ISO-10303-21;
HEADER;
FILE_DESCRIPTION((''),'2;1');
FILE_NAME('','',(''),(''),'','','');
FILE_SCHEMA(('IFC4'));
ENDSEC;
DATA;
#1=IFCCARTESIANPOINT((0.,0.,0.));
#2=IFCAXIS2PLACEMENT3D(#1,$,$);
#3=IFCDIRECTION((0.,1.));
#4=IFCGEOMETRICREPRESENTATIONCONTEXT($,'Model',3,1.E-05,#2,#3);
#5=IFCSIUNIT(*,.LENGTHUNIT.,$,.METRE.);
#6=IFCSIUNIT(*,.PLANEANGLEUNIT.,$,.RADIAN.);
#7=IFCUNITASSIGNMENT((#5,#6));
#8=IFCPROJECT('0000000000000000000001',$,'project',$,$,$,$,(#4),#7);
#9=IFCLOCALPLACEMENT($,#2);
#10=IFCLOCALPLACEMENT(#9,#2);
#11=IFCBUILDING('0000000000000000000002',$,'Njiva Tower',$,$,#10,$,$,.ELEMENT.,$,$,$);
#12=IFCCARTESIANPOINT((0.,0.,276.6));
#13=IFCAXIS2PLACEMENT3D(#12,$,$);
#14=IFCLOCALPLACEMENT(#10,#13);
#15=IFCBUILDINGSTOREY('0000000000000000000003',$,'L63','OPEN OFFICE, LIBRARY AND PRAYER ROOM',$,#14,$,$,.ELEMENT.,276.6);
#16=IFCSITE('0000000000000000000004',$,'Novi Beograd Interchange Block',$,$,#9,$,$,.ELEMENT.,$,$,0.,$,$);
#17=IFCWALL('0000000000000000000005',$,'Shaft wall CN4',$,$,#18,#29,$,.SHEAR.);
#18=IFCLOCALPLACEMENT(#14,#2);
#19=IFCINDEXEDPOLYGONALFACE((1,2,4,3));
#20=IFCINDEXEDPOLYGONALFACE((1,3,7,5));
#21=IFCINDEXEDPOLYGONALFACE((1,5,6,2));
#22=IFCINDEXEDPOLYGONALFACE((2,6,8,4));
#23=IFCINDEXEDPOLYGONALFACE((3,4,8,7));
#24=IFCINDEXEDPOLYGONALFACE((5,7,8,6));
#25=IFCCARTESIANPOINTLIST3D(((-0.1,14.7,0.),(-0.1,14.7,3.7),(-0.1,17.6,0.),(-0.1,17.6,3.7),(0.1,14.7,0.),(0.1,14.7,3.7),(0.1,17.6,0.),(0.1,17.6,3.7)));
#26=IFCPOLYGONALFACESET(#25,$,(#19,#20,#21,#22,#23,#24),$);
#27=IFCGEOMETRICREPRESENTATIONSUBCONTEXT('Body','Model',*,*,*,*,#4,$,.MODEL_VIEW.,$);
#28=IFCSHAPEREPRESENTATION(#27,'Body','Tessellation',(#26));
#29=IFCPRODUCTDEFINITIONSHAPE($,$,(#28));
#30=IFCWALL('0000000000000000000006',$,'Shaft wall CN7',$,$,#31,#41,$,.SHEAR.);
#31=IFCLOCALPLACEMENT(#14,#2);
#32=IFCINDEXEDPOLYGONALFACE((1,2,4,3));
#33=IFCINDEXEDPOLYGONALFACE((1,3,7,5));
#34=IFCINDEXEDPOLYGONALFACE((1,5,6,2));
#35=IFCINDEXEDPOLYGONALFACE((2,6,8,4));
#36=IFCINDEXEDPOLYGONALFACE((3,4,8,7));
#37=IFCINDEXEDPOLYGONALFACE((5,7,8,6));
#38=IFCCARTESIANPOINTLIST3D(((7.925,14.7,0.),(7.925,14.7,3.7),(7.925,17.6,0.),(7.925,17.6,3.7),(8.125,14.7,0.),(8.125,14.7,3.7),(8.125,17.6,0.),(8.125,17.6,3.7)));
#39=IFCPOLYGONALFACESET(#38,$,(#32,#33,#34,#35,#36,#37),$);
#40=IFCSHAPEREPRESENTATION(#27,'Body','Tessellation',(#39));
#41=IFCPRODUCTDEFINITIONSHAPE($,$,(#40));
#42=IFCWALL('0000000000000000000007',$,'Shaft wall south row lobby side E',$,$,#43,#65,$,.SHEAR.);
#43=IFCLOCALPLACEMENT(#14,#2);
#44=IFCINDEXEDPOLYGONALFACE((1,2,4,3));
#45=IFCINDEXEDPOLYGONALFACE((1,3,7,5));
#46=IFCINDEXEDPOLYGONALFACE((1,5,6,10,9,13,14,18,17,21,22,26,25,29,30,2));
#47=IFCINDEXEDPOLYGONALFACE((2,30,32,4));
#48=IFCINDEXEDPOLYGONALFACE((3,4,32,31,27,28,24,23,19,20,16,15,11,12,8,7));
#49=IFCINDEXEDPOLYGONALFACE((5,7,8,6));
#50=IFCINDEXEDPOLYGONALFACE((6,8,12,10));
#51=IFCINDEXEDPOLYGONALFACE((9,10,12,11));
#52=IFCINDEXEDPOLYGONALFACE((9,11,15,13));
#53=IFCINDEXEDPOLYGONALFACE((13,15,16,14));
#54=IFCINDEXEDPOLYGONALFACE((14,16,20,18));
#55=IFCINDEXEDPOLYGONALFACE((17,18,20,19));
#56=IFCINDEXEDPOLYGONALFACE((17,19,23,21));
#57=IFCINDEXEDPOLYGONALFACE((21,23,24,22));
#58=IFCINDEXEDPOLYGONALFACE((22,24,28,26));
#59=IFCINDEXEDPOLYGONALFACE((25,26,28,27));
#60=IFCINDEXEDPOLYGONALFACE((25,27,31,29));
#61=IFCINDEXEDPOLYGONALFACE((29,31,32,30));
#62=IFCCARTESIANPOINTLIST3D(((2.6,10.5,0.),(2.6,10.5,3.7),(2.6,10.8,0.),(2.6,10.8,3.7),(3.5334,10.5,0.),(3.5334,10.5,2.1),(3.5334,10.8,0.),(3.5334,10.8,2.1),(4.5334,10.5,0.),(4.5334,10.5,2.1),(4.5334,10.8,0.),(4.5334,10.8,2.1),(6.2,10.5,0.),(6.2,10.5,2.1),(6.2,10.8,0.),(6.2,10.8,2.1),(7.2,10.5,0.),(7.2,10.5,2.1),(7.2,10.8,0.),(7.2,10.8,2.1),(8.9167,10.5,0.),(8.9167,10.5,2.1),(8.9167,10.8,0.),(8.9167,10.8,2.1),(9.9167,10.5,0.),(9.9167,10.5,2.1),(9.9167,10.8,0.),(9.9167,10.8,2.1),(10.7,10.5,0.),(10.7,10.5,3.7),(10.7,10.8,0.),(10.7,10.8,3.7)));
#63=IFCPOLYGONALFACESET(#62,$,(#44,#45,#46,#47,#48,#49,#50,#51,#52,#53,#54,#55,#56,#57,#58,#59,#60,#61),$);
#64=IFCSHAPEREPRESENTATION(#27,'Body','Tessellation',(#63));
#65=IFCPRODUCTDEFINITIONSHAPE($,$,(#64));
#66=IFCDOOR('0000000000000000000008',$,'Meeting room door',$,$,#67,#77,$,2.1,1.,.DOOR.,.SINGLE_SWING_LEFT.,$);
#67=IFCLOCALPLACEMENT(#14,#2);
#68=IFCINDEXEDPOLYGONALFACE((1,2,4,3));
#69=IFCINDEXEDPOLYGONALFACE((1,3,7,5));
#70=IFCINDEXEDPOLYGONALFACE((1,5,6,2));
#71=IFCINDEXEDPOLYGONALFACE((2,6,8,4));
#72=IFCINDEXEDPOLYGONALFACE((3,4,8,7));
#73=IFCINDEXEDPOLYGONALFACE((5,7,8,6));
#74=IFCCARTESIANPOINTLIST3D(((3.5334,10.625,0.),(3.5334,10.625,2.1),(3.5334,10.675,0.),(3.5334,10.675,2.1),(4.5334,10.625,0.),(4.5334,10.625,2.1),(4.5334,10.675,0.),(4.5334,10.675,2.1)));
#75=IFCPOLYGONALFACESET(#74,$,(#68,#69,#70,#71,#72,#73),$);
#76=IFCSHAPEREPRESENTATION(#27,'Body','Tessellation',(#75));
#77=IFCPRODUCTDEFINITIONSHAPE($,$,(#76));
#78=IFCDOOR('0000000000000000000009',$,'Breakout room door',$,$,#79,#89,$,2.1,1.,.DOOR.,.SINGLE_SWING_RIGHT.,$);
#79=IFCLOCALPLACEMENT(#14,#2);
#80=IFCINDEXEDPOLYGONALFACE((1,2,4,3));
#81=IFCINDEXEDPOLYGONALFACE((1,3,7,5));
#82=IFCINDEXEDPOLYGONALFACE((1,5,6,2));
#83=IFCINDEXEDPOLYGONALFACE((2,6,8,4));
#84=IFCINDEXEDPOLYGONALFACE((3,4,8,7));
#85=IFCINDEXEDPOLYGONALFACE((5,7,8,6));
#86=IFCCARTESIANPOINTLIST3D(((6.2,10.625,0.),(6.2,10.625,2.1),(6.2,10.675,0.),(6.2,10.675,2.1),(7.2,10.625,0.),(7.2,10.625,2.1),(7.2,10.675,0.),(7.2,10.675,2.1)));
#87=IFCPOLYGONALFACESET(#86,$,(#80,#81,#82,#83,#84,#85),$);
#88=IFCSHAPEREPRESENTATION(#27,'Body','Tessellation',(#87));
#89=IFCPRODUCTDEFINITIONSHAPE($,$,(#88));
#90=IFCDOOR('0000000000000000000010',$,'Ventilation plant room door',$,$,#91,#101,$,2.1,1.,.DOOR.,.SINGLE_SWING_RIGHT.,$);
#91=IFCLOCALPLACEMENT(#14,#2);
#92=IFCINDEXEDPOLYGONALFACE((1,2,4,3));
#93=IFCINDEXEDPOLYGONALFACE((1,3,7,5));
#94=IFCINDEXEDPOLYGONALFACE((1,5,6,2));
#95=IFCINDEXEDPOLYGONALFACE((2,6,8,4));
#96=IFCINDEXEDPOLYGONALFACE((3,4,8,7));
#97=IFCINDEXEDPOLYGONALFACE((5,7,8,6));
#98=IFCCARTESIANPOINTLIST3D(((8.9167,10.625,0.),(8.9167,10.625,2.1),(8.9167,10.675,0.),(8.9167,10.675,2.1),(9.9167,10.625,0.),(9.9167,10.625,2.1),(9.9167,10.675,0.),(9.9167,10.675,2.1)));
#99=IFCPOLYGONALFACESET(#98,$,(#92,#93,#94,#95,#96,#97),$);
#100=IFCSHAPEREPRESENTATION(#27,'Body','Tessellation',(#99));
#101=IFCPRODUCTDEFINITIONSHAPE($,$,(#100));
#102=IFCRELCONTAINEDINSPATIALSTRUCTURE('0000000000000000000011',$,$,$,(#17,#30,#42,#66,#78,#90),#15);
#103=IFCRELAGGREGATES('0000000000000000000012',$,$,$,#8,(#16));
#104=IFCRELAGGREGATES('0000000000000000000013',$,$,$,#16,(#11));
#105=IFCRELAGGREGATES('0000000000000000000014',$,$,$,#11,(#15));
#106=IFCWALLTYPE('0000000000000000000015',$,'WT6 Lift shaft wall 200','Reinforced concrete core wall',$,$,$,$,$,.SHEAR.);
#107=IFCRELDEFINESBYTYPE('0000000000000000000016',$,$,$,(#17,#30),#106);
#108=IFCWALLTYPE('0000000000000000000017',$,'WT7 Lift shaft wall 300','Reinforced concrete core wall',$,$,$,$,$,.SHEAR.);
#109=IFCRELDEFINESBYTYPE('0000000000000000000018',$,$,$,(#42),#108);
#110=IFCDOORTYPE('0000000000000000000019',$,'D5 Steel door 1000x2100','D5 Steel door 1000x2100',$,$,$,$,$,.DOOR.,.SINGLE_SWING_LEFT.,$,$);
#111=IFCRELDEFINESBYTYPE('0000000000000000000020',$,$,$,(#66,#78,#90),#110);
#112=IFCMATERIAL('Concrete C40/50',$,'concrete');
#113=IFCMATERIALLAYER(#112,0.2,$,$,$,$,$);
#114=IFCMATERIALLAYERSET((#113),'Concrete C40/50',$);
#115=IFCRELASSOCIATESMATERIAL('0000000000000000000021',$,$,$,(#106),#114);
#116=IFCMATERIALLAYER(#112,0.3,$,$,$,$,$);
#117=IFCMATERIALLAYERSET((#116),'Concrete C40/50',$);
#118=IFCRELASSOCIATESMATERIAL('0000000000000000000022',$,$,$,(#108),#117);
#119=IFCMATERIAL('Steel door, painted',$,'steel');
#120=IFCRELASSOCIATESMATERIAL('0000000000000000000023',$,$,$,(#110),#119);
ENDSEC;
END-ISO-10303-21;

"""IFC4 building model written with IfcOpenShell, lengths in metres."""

from ifc_helpers import new_model, si_unit, direction, frame, frame_2d, origin, place, context, subcontext, project, spatial, rectangle, extrude, material, layer, layer_set, type_object, element, fill, save


model = new_model("IFC4")

# Units and contexts
model_context = context("Model", 3, precision=1e-05, world=origin(), true_north=direction((0.0, 1.0)))
body_context = subcontext(model_context, "Body", "Model", "MODEL_VIEW")
ifc_project = project(units=[si_unit("LENGTHUNIT", "METRE"), si_unit("PLANEANGLEUNIT", "RADIAN")], contexts=[model_context])

# Site, building, storey
site_placement = place(None, origin())
site = spatial("IfcSite", under=ifc_project, at=site_placement, Name="Novi Beograd Interchange Block", CompositionType="ELEMENT", RefElevation=0.0)
building_placement = place(site_placement, origin())
building = spatial("IfcBuilding", under=site, at=building_placement, Name="Njiva Tower", CompositionType="ELEMENT")
storey_placement = place(building_placement, frame((0.0, 0.0, 276.6)))
storey = spatial("IfcBuildingStorey", under=building, at=storey_placement, Name="L63", Description="OPEN OFFICE, LIBRARY AND PRAYER ROOM", CompositionType="ELEMENT", Elevation=276.6)

# Shared definitions
ifc_material_1 = material(Name="Concrete C40/50", Category="concrete")

# Walls
ifc_layer_1 = layer(ifc_material_1, 0.2)
ifc_layer_set_1 = layer_set([ifc_layer_1], Name="Concrete C40/50")
wall_type_1 = type_object("IfcWallType", Name="WT6 Lift shaft wall 200", Description="Reinforced concrete core wall", PredefinedType="SHEAR", material=ifc_layer_set_1)
for number, where, z_axis, x_axis, name in (
    (1, (0.0, 14.7, 0.0), (0.0, 0.0, 1.0), (0.0, 1.0, 0.0), "Shaft wall CN4"),
    (2, (8.025, 14.7, 0.0), (0.0, 0.0, 1.0), (0.0, 1.0, 0.0), "Shaft wall CN7"),
):
    element("IfcWall", number, at=place(storey_placement, frame(where, z_axis=z_axis, x_axis=x_axis)), inside=storey, type_object=wall_type_1, Name=name, PredefinedType="SHEAR", context=body_context, shape_type="SweptSolid", body=[
        extrude(rectangle(XDim=2.9, YDim=0.2, at=frame_2d((1.45, 0.0))), origin(), (0.0, 0.0, 1.0), 3.7),
    ])

# Wall, openings, doors
ifc_layer_2 = layer(ifc_material_1, 0.3)
ifc_layer_set_2 = layer_set([ifc_layer_2], Name="Concrete C40/50")
wall_type_2 = type_object("IfcWallType", Name="WT7 Lift shaft wall 300", Description="Reinforced concrete core wall", PredefinedType="SHEAR", material=ifc_layer_set_2)
wall_1_placement = place(storey_placement, frame((2.6, 10.65, 0.0), z_axis=(0.0, 0.0, 1.0), x_axis=(1.0, 0.0, 0.0)))
wall_1 = element("IfcWall", 3, at=wall_1_placement, inside=storey, type_object=wall_type_2, Name="Shaft wall south row lobby side E", PredefinedType="SHEAR", context=body_context, shape_type="SweptSolid", body=[
    extrude(rectangle(XDim=8.1, YDim=0.3, at=frame_2d((4.05, 0.0))), origin(), (0.0, 0.0, 1.0), 3.7),
])
opening_1_placement = place(wall_1_placement, frame((0.9334, 0.0, 0.0)))
opening_1 = element("IfcOpeningElement", 4, at=opening_1_placement, cuts=wall_1, PredefinedType="OPENING", context=body_context, shape_type="SweptSolid", body=[
    extrude(rectangle(XDim=1.0, YDim=2.1, at=frame_2d((0.5, 1.05))), frame((0.0, 0.16, 0.0), z_axis=(0.0, -1.0, 0.0), x_axis=(1.0, 0.0, 0.0)), (0.0, 0.0, 1.0), 0.32),
])
opening_2_placement = place(wall_1_placement, frame((3.6, 0.0, 0.0)))
opening_2 = element("IfcOpeningElement", 5, at=opening_2_placement, cuts=wall_1, PredefinedType="OPENING", context=body_context, shape_type="SweptSolid", body=[
    extrude(rectangle(XDim=1.0, YDim=2.1, at=frame_2d((0.5, 1.05))), frame((0.0, 0.16, 0.0), z_axis=(0.0, -1.0, 0.0), x_axis=(1.0, 0.0, 0.0)), (0.0, 0.0, 1.0), 0.32),
])
opening_3_placement = place(wall_1_placement, frame((6.3167, 0.0, 0.0)))
opening_3 = element("IfcOpeningElement", 6, at=opening_3_placement, cuts=wall_1, PredefinedType="OPENING", context=body_context, shape_type="SweptSolid", body=[
    extrude(rectangle(XDim=1.0, YDim=2.1, at=frame_2d((0.5, 1.05))), frame((0.0, 0.16, 0.0), z_axis=(0.0, -1.0, 0.0), x_axis=(1.0, 0.0, 0.0)), (0.0, 0.0, 1.0), 0.32),
])
ifc_material_2 = material(Name="Steel door, painted", Category="steel")
door_type_1 = type_object("IfcDoorType", Name="D5 Steel door 1000x2100", Description="D5 Steel door 1000x2100", OperationType="SINGLE_SWING_LEFT", PredefinedType="DOOR", material=ifc_material_2)
door_1_placement = place(opening_1_placement, origin())
door_1 = element("IfcDoor", 7, at=door_1_placement, inside=storey, type_object=door_type_1, Name="Meeting room door", OperationType="SINGLE_SWING_LEFT", OverallHeight=2.1, OverallWidth=1.0, PredefinedType="DOOR", context=body_context, shape_type="SweptSolid", body=[
    extrude(rectangle(XDim=1.0, YDim=2.1, at=frame_2d((0.5, 1.05))), frame((0.0, 0.025, 0.0), z_axis=(0.0, -1.0, 0.0), x_axis=(1.0, 0.0, 0.0)), (0.0, 0.0, 1.0), 0.05),
])
fill(opening_1, door_1)
door_2_placement = place(opening_2_placement, origin())
door_2 = element("IfcDoor", 8, at=door_2_placement, inside=storey, type_object=door_type_1, Name="Breakout room door", OperationType="SINGLE_SWING_RIGHT", OverallHeight=2.1, OverallWidth=1.0, PredefinedType="DOOR", context=body_context, shape_type="SweptSolid", body=[
    extrude(rectangle(XDim=1.0, YDim=2.1, at=frame_2d((0.5, 1.05))), frame((0.0, 0.025, 0.0), z_axis=(0.0, -1.0, 0.0), x_axis=(1.0, 0.0, 0.0)), (0.0, 0.0, 1.0), 0.05),
])
fill(opening_2, door_2)
door_3_placement = place(opening_3_placement, origin())
door_3 = element("IfcDoor", 9, at=door_3_placement, inside=storey, type_object=door_type_1, Name="Ventilation plant room door", OperationType="SINGLE_SWING_RIGHT", OverallHeight=2.1, OverallWidth=1.0, PredefinedType="DOOR", context=body_context, shape_type="SweptSolid", body=[
    extrude(rectangle(XDim=1.0, YDim=2.1, at=frame_2d((0.5, 1.05))), frame((0.0, 0.025, 0.0), z_axis=(0.0, -1.0, 0.0), x_axis=(1.0, 0.0, 0.0)), (0.0, 0.0, 1.0), 0.05),
])
fill(opening_3, door_3)

save(model, "model.ifc")
